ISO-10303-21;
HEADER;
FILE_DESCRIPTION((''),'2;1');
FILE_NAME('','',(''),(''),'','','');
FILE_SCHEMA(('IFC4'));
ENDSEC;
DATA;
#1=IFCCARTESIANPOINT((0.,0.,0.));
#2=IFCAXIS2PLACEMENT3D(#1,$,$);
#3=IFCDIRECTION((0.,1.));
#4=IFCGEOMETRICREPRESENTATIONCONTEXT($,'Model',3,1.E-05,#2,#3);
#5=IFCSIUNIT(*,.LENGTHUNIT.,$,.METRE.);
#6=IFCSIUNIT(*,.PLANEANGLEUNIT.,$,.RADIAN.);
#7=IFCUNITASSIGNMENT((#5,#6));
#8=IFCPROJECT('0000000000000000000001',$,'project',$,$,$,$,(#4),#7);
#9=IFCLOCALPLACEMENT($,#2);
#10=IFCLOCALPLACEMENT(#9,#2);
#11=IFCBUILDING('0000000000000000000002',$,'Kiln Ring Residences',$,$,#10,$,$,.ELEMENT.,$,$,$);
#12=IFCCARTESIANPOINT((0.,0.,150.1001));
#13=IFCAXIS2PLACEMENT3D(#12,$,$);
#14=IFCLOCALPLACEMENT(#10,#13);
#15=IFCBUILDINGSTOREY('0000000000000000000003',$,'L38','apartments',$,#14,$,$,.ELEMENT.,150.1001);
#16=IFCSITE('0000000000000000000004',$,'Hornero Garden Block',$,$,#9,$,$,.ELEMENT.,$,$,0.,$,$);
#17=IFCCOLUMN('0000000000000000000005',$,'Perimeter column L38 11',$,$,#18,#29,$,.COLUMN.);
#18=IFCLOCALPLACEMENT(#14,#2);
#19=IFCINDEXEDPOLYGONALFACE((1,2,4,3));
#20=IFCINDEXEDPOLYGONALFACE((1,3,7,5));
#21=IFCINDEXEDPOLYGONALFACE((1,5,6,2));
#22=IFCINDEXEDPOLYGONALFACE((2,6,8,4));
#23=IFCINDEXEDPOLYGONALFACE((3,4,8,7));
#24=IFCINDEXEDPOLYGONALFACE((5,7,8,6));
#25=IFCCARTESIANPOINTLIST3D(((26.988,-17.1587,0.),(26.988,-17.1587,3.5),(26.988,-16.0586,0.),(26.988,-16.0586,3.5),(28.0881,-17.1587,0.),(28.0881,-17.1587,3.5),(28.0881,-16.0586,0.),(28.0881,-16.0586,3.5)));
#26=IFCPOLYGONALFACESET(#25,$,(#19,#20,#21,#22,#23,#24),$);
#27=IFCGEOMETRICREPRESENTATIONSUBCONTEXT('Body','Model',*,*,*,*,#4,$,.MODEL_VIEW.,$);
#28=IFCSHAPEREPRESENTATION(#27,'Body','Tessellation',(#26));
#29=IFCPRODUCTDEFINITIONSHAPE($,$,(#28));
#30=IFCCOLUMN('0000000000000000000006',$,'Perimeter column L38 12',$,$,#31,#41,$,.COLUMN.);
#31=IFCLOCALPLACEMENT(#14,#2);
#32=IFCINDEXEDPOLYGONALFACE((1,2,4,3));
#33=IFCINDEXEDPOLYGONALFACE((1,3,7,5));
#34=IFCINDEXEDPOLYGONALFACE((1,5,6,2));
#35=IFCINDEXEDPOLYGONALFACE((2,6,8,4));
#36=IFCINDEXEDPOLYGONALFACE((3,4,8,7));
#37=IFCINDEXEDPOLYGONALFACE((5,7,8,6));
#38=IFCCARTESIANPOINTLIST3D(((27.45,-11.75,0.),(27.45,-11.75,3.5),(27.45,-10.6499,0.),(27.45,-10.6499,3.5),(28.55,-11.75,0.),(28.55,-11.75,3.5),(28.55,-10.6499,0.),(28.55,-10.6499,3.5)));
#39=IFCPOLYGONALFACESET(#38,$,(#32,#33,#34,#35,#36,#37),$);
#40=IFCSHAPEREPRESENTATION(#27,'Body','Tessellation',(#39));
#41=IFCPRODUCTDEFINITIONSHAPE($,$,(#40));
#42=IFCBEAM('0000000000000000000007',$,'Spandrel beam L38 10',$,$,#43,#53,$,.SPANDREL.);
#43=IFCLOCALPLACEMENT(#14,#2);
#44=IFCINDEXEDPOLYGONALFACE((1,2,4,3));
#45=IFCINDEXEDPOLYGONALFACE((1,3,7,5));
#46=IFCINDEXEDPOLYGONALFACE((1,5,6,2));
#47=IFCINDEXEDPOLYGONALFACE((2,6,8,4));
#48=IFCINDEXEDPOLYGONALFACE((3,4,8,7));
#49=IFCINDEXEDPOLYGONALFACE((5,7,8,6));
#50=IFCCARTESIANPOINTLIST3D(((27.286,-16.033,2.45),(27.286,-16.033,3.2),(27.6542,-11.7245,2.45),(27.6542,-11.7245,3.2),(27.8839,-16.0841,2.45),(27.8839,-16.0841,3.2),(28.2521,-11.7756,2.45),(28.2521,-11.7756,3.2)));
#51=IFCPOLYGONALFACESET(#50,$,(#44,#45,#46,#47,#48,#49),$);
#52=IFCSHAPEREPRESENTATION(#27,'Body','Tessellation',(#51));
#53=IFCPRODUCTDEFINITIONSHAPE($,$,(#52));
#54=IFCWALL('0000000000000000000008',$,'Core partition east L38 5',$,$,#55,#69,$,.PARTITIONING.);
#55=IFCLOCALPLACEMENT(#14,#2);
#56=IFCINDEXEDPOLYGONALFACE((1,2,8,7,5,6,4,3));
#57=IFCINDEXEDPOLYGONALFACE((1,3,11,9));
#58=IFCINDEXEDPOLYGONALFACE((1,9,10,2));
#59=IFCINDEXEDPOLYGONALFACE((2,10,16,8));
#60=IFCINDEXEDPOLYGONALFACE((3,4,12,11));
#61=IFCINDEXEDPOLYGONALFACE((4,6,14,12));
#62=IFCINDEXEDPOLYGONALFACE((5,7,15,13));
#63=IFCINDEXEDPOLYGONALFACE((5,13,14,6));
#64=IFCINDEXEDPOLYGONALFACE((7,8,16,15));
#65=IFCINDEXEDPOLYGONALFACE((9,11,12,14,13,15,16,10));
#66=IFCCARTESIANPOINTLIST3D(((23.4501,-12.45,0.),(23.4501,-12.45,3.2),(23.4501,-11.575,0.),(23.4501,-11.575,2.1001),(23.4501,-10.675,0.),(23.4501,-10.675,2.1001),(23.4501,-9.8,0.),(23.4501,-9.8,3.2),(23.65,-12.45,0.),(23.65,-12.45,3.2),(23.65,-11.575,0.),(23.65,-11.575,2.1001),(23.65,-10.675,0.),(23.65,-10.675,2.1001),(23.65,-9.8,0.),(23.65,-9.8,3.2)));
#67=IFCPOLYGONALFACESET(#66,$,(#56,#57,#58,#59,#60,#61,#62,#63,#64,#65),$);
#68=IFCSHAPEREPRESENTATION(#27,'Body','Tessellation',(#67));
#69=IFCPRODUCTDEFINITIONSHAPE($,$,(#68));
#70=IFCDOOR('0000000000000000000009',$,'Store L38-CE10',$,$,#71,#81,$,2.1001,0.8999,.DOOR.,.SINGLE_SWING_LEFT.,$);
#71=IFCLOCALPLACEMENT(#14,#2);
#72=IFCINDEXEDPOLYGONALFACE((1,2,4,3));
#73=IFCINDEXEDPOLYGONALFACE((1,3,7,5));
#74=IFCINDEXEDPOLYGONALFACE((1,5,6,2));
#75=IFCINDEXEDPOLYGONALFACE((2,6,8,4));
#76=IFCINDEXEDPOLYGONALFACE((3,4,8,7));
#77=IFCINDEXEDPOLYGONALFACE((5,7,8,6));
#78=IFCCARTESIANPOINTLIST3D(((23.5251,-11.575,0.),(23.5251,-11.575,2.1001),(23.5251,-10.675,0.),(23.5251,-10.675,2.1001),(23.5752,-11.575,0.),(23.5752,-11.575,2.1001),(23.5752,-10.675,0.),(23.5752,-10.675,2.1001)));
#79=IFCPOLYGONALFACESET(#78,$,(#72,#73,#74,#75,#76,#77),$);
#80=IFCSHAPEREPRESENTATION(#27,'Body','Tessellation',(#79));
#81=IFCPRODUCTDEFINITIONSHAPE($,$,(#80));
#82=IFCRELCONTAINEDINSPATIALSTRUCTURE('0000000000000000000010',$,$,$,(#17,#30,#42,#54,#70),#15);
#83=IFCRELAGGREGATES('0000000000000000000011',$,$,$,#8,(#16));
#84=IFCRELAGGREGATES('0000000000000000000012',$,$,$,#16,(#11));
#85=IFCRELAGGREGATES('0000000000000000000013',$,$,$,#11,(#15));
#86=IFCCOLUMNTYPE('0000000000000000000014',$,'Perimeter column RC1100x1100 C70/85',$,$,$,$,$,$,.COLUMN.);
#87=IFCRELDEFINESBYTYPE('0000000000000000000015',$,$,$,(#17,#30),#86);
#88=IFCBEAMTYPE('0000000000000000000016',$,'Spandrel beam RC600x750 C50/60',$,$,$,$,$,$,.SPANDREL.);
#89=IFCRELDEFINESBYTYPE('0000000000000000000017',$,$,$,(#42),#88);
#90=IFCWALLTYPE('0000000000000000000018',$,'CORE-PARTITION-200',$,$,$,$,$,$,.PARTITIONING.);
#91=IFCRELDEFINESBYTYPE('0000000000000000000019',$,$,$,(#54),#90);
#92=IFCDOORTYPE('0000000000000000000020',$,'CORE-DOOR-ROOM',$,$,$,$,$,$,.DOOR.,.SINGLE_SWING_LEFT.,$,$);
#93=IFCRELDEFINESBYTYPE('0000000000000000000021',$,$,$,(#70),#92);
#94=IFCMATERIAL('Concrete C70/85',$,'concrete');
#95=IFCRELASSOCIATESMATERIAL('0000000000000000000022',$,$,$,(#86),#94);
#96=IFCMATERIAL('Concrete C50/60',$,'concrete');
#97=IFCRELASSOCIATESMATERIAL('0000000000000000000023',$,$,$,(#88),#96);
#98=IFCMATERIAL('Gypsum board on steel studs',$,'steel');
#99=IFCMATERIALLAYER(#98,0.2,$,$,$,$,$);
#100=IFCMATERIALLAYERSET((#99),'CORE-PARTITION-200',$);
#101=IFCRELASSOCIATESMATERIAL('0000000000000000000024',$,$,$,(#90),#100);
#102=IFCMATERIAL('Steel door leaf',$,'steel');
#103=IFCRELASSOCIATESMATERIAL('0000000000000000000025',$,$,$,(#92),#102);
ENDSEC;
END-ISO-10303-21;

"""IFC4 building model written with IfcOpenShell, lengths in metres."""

from ifc_helpers import new_model, si_unit, direction, frame, frame_2d, origin, origin_2d, place, context, subcontext, project, spatial, rectangle, extrude, material, layer, layer_set, material_profile, profile_set, type_object, element, fill, save


model = new_model("IFC4")

# Units and contexts
model_context = context("Model", 3, precision=1e-05, world=origin(), true_north=direction((0.0, 1.0)))
body_context = subcontext(model_context, "Body", "Model", "MODEL_VIEW")
ifc_project = project(units=[si_unit("LENGTHUNIT", "METRE"), si_unit("PLANEANGLEUNIT", "RADIAN")], contexts=[model_context])

# Site, building, storey
site_placement = place(None, origin())
site = spatial("IfcSite", under=ifc_project, at=site_placement, Name="Hornero Garden Block", CompositionType="ELEMENT", RefElevation=0.0)
building_placement = place(site_placement, origin())
building = spatial("IfcBuilding", under=site, at=building_placement, Name="Kiln Ring Residences", CompositionType="ELEMENT")
storey_placement = place(building_placement, frame((0.0, 0.0, 150.1001)))
storey = spatial("IfcBuildingStorey", under=building, at=storey_placement, Name="L38", Description="apartments", CompositionType="ELEMENT", Elevation=150.1001)

# Columns
ifc_material_1 = material(Name="Concrete C70/85", Category="concrete")
ifc_material_profile_1 = material_profile(ifc_material_1, rectangle(XDim=1.1001, YDim=1.1001, at=origin_2d()), Name="RC1100x1100")
ifc_profile_set_1 = profile_set([ifc_material_profile_1], Name="Concrete C70/85")
column_type = type_object("IfcColumnType", Name="Perimeter column RC1100x1100 C70/85", PredefinedType="COLUMN", material=ifc_profile_set_1)
for number, where, z_axis, x_axis, name in (
    (1, (27.5381, -16.6086, 0.0), (0.0, 0.0, 1.0), (1.0, 0.0, 0.0), "Perimeter column L38 11"),
    (2, (28.0, -11.2, 0.0), (0.0, 0.0, 1.0), (1.0, 0.0, 0.0), "Perimeter column L38 12"),
):
    element("IfcColumn", number, at=place(storey_placement, frame(where, z_axis=z_axis, x_axis=x_axis)), inside=storey, type_object=column_type, Name=name, PredefinedType="COLUMN", context=body_context, shape_type="SweptSolid", body=[
        extrude(rectangle(XDim=1.1001, YDim=1.1001, at=origin_2d()), origin(), (0.0, 0.0, 1.0), 3.5),
    ])

# Beam
ifc_material_2 = material(Name="Concrete C50/60", Category="concrete")
ifc_material_profile_2 = material_profile(ifc_material_2, rectangle(XDim=0.6001, YDim=0.75, at=origin_2d()), Name="RC600x750")
ifc_profile_set_2 = profile_set([ifc_material_profile_2], Name="Concrete C50/60")
beam_type = type_object("IfcBeamType", Name="Spandrel beam RC600x750 C50/60", PredefinedType="SPANDREL", material=ifc_profile_set_2)
beam_placement = place(storey_placement, frame((27.585, -16.0586, 2.825), z_axis=(0.085139, 0.996369, 0.0), x_axis=(-0.996369, 0.085139, 0.0)))
element("IfcBeam", 3, at=beam_placement, inside=storey, type_object=beam_type, Name="Spandrel beam L38 10", PredefinedType="SPANDREL", context=body_context, shape_type="SweptSolid", body=[
    extrude(rectangle(XDim=0.6001, YDim=0.75, at=origin_2d()), origin(), (0.0, 0.0, 1.0), 4.3242),
])

# Wall, opening, door
ifc_material_3 = material(Name="Gypsum board on steel studs", Category="steel")
ifc_layer_1 = layer(ifc_material_3, 0.2)
ifc_layer_set_1 = layer_set([ifc_layer_1], Name="CORE-PARTITION-200")
wall_type_1 = type_object("IfcWallType", Name="CORE-PARTITION-200", PredefinedType="PARTITIONING", material=ifc_layer_set_1)
wall_1_placement = place(storey_placement, frame((23.55, -12.45, 0.0), z_axis=(0.0, 0.0, 1.0), x_axis=(0.0, 1.0, 0.0)))
wall_1 = element("IfcWall", 4, at=wall_1_placement, inside=storey, type_object=wall_type_1, Name="Core partition east L38 5", PredefinedType="PARTITIONING", context=body_context, shape_type="SweptSolid", body=[
    extrude(rectangle(XDim=2.6499, YDim=0.2, at=frame_2d((1.325, 0.0))), origin(), (0.0, 0.0, 1.0), 3.2),
])
opening_1_placement = place(wall_1_placement, frame((0.875, 0.0, 0.0)))
opening_1 = element("IfcOpeningElement", 5, at=opening_1_placement, cuts=wall_1, PredefinedType="OPENING", context=body_context, shape_type="SweptSolid", body=[
    extrude(rectangle(XDim=0.8999, YDim=2.1001, at=frame_2d((0.45, 1.05))), frame((0.0, 0.1099, 0.0), z_axis=(0.0, -1.0, 0.0), x_axis=(1.0, 0.0, 0.0)), (0.0, 0.0, 1.0), 0.22),
])
ifc_material_4 = material(Name="Steel door leaf", Category="steel")
door_type_1 = type_object("IfcDoorType", Name="CORE-DOOR-ROOM", OperationType="SINGLE_SWING_LEFT", PredefinedType="DOOR", material=ifc_material_4)
door_1_placement = place(opening_1_placement, origin())
door_1 = element("IfcDoor", 6, at=door_1_placement, inside=storey, type_object=door_type_1, Name="Store L38-CE10", OperationType="SINGLE_SWING_LEFT", OverallHeight=2.1001, OverallWidth=0.8999, PredefinedType="DOOR", context=body_context, shape_type="SweptSolid", body=[
    extrude(rectangle(XDim=0.8999, YDim=2.1001, at=frame_2d((0.45, 1.05))), frame((0.0, 0.0249, 0.0), z_axis=(0.0, -1.0, 0.0), x_axis=(1.0, 0.0, 0.0)), (0.0, 0.0, 1.0), 0.05),
])
fill(opening_1, door_1)

save(model, "model.ifc")
